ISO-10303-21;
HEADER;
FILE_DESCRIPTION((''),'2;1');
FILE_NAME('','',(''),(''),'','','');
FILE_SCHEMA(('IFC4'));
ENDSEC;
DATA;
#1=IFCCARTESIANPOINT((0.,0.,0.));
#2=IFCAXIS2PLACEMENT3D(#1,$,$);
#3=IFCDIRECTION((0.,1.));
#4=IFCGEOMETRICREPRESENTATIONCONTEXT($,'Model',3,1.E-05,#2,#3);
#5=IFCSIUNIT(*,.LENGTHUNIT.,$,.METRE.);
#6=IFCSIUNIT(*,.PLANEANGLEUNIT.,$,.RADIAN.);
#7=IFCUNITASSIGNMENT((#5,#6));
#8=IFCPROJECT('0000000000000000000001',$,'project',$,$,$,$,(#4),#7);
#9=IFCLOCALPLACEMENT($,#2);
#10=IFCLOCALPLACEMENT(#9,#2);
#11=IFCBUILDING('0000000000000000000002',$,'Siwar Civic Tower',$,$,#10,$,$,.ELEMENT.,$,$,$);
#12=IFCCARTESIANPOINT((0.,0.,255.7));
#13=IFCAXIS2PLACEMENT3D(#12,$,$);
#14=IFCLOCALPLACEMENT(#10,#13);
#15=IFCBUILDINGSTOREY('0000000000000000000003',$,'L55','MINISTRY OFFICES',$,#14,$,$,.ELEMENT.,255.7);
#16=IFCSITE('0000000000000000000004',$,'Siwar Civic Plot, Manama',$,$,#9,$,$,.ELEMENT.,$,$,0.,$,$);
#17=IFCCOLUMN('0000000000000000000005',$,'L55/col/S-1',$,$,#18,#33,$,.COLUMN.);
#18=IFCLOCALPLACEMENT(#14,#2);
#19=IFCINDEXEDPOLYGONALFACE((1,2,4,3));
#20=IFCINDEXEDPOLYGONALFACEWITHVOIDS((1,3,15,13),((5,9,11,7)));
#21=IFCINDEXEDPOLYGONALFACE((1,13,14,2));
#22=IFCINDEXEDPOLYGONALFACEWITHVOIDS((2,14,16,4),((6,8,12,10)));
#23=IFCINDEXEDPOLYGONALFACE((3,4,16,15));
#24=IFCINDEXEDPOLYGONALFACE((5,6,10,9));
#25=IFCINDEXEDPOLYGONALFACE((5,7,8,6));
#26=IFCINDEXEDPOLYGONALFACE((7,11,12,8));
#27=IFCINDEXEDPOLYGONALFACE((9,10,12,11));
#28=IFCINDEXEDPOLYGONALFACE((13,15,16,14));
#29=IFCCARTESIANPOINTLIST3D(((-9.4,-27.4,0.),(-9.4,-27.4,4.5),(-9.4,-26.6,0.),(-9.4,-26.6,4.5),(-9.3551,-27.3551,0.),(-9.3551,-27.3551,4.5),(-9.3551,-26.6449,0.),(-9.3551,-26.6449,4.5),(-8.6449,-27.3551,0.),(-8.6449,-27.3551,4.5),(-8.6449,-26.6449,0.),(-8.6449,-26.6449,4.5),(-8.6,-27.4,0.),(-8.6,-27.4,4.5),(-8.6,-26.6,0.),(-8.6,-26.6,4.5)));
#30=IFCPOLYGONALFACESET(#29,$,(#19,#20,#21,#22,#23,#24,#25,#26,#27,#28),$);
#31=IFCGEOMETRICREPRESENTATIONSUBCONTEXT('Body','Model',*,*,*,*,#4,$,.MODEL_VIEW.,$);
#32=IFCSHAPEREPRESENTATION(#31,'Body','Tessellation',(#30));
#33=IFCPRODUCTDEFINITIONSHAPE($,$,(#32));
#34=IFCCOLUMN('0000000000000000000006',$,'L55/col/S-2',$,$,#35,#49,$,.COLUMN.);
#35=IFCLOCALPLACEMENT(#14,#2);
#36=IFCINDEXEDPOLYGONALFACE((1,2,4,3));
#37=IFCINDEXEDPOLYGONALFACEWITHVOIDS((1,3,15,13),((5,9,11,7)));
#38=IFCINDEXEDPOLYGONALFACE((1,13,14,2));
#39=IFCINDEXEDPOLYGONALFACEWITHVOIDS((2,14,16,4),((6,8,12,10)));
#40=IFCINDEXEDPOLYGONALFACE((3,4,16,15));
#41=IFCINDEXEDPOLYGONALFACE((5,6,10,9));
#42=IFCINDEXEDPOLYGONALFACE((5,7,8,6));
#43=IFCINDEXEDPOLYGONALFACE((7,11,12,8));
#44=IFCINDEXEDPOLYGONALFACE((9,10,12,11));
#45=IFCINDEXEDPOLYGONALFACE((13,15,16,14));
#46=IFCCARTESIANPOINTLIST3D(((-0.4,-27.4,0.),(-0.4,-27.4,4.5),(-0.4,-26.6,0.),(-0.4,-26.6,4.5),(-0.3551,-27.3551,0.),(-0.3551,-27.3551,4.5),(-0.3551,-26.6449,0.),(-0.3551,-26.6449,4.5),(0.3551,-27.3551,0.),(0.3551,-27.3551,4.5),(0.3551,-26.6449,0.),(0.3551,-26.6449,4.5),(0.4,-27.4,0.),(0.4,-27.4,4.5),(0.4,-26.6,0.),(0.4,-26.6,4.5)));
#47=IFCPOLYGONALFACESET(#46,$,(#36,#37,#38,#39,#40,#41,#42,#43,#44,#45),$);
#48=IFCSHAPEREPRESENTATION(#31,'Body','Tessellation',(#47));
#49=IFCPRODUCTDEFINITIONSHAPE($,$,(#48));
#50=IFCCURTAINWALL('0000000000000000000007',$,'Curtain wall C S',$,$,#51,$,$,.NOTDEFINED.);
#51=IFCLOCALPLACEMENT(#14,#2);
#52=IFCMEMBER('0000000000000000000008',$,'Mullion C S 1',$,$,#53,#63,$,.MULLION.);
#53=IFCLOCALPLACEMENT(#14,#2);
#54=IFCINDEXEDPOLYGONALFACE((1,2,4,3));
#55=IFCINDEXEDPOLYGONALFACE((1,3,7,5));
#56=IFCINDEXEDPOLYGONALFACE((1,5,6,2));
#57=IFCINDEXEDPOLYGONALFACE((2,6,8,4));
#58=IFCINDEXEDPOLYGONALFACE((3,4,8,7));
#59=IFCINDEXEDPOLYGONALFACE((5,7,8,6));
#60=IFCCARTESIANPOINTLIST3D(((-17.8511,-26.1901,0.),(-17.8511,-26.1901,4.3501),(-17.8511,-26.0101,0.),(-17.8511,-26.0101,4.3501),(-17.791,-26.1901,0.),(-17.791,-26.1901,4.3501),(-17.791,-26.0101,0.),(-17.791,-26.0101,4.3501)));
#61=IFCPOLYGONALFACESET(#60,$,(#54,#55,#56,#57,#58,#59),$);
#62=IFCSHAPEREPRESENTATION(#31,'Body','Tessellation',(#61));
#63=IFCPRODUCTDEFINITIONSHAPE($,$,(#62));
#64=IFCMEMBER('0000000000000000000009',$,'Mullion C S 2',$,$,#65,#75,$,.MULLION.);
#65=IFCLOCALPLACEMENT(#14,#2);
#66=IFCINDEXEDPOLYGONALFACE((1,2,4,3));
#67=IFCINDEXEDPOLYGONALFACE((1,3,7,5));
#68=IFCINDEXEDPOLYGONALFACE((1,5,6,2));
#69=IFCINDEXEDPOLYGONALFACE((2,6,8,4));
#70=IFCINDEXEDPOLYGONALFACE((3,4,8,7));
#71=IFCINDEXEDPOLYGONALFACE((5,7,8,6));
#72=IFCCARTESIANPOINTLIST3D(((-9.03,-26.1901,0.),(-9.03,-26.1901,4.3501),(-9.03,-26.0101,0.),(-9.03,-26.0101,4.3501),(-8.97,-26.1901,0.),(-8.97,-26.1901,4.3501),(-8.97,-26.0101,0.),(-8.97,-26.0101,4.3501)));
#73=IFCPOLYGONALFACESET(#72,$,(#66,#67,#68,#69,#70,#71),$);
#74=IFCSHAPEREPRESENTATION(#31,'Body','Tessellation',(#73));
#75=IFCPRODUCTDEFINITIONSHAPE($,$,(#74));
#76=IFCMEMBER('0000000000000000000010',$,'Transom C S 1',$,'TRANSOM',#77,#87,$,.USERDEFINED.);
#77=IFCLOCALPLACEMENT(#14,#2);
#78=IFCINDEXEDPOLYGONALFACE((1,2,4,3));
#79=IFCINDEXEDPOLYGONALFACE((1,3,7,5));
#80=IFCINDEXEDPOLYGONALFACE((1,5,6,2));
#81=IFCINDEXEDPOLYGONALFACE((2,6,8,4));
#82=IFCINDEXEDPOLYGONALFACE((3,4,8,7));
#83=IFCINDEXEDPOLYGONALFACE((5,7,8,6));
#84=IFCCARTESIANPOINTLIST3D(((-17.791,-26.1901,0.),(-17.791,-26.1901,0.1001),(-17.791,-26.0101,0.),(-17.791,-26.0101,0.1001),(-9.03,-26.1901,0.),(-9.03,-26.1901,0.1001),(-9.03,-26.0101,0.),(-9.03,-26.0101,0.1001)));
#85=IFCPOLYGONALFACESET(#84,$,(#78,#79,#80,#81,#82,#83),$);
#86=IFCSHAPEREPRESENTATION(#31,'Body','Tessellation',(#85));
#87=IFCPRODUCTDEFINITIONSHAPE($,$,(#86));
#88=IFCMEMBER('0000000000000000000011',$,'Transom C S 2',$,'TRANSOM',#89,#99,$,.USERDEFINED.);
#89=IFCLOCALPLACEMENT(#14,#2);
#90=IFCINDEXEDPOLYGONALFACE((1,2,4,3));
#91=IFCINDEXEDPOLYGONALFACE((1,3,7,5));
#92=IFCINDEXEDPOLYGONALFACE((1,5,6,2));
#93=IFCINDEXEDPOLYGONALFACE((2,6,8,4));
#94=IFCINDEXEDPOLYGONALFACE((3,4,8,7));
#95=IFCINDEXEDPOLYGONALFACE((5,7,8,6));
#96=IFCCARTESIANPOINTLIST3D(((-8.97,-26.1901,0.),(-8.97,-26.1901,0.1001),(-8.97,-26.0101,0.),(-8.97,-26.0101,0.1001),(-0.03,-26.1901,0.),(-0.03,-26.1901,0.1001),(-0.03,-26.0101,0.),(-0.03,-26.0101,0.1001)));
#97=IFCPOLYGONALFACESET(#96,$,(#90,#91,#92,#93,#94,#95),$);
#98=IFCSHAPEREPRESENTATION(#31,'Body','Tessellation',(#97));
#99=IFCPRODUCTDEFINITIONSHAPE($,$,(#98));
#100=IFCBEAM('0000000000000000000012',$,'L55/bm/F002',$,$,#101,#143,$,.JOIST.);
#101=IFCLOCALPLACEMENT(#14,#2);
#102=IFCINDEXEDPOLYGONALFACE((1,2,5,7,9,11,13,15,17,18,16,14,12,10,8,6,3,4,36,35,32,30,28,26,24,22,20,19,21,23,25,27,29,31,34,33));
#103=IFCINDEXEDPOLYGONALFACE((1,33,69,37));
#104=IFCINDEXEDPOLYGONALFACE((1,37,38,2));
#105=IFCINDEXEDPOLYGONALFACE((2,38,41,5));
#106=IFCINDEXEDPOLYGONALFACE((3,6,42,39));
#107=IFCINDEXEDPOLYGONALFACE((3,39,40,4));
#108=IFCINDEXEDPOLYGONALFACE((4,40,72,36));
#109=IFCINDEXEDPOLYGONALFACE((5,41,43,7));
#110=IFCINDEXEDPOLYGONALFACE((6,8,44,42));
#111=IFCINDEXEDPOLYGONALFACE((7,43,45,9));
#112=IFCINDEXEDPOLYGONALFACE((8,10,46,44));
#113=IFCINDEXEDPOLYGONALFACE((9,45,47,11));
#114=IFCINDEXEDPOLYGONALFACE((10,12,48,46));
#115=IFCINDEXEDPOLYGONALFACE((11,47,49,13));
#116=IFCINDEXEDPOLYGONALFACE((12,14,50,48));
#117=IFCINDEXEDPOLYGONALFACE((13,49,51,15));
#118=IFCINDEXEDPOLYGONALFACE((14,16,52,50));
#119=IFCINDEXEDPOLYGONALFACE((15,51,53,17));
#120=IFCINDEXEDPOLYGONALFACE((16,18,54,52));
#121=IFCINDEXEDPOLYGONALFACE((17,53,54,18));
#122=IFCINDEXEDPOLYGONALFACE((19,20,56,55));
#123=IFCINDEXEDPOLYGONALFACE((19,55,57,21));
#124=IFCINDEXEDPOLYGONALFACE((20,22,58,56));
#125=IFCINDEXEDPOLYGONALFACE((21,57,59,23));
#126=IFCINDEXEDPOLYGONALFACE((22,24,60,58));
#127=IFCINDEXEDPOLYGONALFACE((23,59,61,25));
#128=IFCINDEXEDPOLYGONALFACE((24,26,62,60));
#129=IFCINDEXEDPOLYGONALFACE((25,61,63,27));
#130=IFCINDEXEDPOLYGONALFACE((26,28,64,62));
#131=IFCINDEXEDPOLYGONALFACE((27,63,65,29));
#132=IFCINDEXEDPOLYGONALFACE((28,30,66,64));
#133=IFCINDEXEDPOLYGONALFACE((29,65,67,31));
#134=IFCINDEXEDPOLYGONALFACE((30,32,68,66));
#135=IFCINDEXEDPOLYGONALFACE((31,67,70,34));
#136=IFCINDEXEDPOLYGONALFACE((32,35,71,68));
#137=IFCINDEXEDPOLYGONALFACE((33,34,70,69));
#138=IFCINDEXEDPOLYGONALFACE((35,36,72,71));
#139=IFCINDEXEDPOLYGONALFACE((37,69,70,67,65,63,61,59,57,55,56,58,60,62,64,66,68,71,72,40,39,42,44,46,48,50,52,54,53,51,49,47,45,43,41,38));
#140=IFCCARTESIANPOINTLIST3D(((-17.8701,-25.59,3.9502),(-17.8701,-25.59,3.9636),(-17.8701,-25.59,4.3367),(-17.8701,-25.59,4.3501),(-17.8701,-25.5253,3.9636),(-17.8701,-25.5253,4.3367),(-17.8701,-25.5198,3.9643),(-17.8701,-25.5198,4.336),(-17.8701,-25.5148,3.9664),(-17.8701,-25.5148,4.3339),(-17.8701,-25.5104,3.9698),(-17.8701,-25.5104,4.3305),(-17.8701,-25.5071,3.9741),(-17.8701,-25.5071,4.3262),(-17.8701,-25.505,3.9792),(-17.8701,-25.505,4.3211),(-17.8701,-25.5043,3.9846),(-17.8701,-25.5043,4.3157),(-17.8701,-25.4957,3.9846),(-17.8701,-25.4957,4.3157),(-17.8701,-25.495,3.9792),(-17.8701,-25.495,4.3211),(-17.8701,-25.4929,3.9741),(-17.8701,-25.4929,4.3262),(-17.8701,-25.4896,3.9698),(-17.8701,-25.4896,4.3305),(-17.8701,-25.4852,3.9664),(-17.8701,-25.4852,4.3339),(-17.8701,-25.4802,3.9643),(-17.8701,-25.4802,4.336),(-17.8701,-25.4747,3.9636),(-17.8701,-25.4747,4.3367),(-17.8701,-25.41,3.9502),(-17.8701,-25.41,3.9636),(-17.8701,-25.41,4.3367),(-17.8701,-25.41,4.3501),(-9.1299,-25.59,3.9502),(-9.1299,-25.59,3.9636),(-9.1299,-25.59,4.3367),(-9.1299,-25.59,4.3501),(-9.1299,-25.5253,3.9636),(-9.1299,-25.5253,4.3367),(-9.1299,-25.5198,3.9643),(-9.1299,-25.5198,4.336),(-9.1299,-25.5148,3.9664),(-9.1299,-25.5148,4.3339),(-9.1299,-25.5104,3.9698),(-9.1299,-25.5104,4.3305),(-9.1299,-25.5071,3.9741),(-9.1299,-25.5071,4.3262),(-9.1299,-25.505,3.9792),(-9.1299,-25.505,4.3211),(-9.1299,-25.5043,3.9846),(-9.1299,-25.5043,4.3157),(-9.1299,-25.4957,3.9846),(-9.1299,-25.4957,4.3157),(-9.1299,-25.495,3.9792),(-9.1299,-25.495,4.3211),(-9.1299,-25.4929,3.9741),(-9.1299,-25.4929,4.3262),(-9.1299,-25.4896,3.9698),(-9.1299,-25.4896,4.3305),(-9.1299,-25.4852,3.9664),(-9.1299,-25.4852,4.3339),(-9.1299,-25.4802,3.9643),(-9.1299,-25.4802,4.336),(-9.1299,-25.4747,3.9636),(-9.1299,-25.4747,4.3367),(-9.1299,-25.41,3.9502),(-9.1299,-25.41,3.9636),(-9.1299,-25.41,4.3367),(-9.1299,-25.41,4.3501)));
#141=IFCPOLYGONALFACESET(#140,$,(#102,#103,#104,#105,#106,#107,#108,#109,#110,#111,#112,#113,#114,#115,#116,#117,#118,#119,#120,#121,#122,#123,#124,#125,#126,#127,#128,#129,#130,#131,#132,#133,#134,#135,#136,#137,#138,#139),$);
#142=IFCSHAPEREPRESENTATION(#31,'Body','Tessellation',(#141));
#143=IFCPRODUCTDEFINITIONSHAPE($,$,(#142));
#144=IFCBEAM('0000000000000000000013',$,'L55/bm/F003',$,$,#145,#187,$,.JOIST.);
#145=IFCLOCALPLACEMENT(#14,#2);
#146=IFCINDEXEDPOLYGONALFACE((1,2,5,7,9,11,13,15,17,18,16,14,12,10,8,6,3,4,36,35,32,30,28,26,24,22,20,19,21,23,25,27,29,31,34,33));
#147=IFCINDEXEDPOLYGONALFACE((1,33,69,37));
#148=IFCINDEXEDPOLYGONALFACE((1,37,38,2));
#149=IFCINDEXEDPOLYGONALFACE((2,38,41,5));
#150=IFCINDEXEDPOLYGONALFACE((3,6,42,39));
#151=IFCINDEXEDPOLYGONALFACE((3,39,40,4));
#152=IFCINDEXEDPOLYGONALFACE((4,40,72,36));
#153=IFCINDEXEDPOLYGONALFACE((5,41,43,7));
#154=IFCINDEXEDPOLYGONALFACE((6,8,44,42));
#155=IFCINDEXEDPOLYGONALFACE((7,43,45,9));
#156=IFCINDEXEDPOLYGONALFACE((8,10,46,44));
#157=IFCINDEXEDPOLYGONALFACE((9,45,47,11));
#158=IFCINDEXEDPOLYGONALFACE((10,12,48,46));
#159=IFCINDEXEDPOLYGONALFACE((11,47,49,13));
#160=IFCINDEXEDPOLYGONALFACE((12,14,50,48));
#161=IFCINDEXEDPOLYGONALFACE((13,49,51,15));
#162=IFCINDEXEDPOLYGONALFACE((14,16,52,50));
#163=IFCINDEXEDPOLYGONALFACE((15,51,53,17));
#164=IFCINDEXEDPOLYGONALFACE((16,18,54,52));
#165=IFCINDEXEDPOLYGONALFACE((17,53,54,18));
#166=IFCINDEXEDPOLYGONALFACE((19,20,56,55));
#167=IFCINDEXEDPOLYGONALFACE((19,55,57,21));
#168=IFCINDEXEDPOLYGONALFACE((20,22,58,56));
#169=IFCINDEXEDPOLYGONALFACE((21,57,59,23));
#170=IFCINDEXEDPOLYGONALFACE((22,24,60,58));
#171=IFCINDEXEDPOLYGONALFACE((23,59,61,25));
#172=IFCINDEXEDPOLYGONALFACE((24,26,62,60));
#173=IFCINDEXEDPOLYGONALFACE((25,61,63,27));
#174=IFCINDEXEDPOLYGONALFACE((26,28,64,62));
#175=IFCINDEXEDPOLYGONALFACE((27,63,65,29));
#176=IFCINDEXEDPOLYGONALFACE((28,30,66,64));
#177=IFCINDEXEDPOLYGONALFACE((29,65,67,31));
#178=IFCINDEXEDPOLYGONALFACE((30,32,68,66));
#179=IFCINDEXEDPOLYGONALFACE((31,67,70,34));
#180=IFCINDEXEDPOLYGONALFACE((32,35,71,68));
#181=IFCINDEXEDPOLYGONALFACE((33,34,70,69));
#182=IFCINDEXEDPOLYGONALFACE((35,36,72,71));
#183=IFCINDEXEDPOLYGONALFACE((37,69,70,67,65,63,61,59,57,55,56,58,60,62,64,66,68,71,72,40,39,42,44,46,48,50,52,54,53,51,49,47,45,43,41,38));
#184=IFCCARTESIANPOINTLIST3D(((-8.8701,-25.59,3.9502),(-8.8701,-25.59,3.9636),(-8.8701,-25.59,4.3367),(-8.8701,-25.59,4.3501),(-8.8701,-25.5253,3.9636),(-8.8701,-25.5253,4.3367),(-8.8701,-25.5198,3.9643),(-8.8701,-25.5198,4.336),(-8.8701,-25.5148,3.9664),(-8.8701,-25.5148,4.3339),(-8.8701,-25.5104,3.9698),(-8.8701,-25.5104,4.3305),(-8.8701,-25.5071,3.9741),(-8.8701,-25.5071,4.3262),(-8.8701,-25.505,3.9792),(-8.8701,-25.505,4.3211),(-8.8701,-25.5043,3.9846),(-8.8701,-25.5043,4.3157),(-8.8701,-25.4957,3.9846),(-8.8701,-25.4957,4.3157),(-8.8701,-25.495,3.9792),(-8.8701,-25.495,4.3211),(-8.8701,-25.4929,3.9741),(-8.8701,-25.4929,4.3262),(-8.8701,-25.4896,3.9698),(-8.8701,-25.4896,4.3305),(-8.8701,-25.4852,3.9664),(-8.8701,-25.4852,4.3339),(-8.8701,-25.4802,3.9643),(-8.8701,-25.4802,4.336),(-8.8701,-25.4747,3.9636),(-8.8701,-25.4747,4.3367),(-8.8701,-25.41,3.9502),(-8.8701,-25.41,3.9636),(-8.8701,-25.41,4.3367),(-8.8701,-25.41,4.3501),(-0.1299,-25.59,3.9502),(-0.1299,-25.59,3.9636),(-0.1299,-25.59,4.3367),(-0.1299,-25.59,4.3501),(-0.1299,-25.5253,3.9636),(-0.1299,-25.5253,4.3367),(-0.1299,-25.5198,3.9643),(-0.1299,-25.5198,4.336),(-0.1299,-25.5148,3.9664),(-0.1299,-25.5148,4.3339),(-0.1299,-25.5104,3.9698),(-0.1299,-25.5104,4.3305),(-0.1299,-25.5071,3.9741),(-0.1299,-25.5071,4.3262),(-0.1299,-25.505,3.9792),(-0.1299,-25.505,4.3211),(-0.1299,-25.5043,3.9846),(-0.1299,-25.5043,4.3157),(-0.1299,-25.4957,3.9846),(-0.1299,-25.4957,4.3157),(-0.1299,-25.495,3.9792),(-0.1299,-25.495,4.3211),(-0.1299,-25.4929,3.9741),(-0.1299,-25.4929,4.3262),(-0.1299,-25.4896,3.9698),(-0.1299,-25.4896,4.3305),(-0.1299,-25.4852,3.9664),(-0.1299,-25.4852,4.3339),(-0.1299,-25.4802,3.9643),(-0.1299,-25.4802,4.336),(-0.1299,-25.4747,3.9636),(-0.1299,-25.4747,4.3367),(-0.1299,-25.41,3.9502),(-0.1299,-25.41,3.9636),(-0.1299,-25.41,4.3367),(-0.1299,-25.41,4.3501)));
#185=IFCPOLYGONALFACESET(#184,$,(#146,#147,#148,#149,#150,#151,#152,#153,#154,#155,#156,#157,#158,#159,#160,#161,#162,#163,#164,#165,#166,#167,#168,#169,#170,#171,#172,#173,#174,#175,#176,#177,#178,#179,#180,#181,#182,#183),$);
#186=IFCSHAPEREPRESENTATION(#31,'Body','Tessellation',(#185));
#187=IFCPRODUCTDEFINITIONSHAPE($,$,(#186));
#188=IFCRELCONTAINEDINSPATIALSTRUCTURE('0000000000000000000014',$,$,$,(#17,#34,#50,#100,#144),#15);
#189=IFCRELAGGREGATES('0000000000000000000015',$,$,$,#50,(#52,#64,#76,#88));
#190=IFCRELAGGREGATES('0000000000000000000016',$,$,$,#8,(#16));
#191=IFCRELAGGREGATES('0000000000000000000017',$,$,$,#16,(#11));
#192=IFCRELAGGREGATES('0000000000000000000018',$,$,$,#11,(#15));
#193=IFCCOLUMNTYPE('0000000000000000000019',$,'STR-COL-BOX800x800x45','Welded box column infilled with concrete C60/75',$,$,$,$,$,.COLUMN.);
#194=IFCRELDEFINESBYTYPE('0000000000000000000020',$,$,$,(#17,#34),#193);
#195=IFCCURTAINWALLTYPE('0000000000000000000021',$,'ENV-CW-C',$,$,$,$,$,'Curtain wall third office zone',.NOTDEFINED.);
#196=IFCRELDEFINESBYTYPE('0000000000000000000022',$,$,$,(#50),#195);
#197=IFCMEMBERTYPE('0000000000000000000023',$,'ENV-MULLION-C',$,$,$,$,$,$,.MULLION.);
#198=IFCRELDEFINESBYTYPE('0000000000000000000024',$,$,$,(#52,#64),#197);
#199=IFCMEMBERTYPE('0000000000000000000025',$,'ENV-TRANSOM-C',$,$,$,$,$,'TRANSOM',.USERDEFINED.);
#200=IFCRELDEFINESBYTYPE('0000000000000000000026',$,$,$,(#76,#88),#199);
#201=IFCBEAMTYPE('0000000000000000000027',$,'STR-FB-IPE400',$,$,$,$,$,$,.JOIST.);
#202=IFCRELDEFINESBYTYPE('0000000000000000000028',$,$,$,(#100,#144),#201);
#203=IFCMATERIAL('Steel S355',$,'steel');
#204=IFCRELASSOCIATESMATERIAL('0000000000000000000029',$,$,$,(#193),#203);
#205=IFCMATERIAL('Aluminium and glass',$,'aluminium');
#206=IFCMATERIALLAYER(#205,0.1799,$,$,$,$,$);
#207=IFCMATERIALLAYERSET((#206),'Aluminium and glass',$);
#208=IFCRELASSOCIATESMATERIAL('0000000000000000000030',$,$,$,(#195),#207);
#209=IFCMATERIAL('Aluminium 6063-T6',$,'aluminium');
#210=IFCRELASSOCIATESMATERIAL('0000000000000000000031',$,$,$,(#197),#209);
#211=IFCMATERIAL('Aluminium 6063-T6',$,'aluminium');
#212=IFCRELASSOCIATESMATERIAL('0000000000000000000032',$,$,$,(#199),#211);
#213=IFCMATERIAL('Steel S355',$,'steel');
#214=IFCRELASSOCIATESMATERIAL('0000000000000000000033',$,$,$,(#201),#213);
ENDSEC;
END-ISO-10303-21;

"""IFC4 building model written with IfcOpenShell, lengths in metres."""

from ifc_helpers import new_model, si_unit, direction, frame, origin, origin_2d, place, context, subcontext, project, spatial, rectangle, hollow_rectangle, i_section, extrude, material, layer, layer_set, material_profile, profile_set, type_object, element, aggregate, save


model = new_model("IFC4")

# Units and contexts
model_context = context("Model", 3, precision=1e-05, world=origin(), true_north=direction((0.0, 1.0)))
body_context = subcontext(model_context, "Body", "Model", "MODEL_VIEW")
ifc_project = project(units=[si_unit("LENGTHUNIT", "METRE"), si_unit("PLANEANGLEUNIT", "RADIAN")], contexts=[model_context])

# Site, building, storey
site_placement = place(None, origin())
site = spatial("IfcSite", under=ifc_project, at=site_placement, Name="Siwar Civic Plot, Manama", CompositionType="ELEMENT", RefElevation=0.0)
building_placement = place(site_placement, origin())
building = spatial("IfcBuilding", under=site, at=building_placement, Name="Siwar Civic Tower", CompositionType="ELEMENT")
storey_placement = place(building_placement, frame((0.0, 0.0, 255.7)))
storey = spatial("IfcBuildingStorey", under=building, at=storey_placement, Name="L55", Description="MINISTRY OFFICES", CompositionType="ELEMENT", Elevation=255.7)

# Columns
ifc_material_1 = material(Name="Steel S355", Category="steel")
ifc_material_profile_1 = material_profile(ifc_material_1, hollow_rectangle(XDim=0.8, YDim=0.8, WallThickness=0.0449, at=origin_2d()), Name="BOX800x800x45")
ifc_profile_set_1 = profile_set([ifc_material_profile_1], Name="Steel S355")
column_type = type_object("IfcColumnType", Name="STR-COL-BOX800x800x45", Description="Welded box column infilled with concrete C60/75", PredefinedType="COLUMN", material=ifc_profile_set_1)
for number, where, z_axis, x_axis, name in (
    (1, (-9.0, -27.0, 0.0), (0.0, 0.0, 1.0), (1.0, 0.0, 0.0), "L55/col/S-1"),
    (2, (0.0, -27.0, 0.0), (0.0, 0.0, 1.0), (1.0, 0.0, 0.0), "L55/col/S-2"),
):
    element("IfcColumn", number, at=place(storey_placement, frame(where, z_axis=z_axis, x_axis=x_axis)), inside=storey, type_object=column_type, Name=name, PredefinedType="COLUMN", context=body_context, shape_type="SweptSolid", body=[
        extrude(hollow_rectangle(XDim=0.8, YDim=0.8, WallThickness=0.0449, at=origin_2d()), origin(), (0.0, 0.0, 1.0), 4.5),
    ])

# Curtain wall, members
ifc_material_2 = material(Name="Aluminium and glass", Category="aluminium")
ifc_layer_1 = layer(ifc_material_2, 0.1799)
ifc_layer_set_1 = layer_set([ifc_layer_1], Name="Aluminium and glass")
curtain_wall_type = type_object("IfcCurtainWallType", Name="ENV-CW-C", ElementType="Curtain wall third office zone", PredefinedType="NOTDEFINED", material=ifc_layer_set_1)
curtain_wall_placement = place(storey_placement, origin())
curtain_wall = element("IfcCurtainWall", 3, at=curtain_wall_placement, inside=storey, type_object=curtain_wall_type, Name="Curtain wall C S", PredefinedType="NOTDEFINED")
ifc_material_3 = material(Name="Aluminium 6063-T6", Category="aluminium")
ifc_material_profile_2 = material_profile(ifc_material_3, rectangle(XDim=0.1799, YDim=0.0601, at=origin_2d()), Name="AL 180x60")
ifc_profile_set_2 = profile_set([ifc_material_profile_2], Name="Aluminium 6063-T6")
member_type_1 = type_object("IfcMemberType", Name="ENV-MULLION-C", PredefinedType="MULLION", material=ifc_profile_set_2)
member_1_placement = place(storey_placement, frame((-17.821, -26.1001, 0.0), z_axis=(0.0, 0.0, 1.0), x_axis=(0.0, 1.0, 0.0)))
member_1 = element("IfcMember", 4, at=member_1_placement, type_object=member_type_1, Name="Mullion C S 1", PredefinedType="MULLION", context=body_context, shape_type="SweptSolid", body=[
    extrude(rectangle(XDim=0.1799, YDim=0.0601, at=origin_2d()), origin(), (0.0, 0.0, 1.0), 4.3501),
])
member_2_placement = place(storey_placement, frame((-9.0, -26.1001, 0.0), z_axis=(0.0, 0.0, 1.0), x_axis=(0.0, 1.0, 0.0)))
member_2 = element("IfcMember", 5, at=member_2_placement, type_object=member_type_1, Name="Mullion C S 2", PredefinedType="MULLION", context=body_context, shape_type="SweptSolid", body=[
    extrude(rectangle(XDim=0.1799, YDim=0.0601, at=origin_2d()), origin(), (0.0, 0.0, 1.0), 4.3501),
])
ifc_material_4 = material(Name="Aluminium 6063-T6", Category="aluminium")
ifc_material_profile_3 = material_profile(ifc_material_4, rectangle(XDim=0.1799, YDim=0.1001, at=origin_2d()), Name="AL 180x100")
ifc_profile_set_3 = profile_set([ifc_material_profile_3], Name="Aluminium 6063-T6")
member_type_2 = type_object("IfcMemberType", Name="ENV-TRANSOM-C", ElementType="TRANSOM", PredefinedType="USERDEFINED", material=ifc_profile_set_3)
member_3_placement = place(storey_placement, frame((-17.791, -26.1001, 0.05), z_axis=(1.0, 0.0, 0.0), x_axis=(0.0, 1.0, 0.0)))
member_3 = element("IfcMember", 6, at=member_3_placement, type_object=member_type_2, Name="Transom C S 1", ObjectType="TRANSOM", PredefinedType="USERDEFINED", context=body_context, shape_type="SweptSolid", body=[
    extrude(rectangle(XDim=0.1799, YDim=0.1001, at=origin_2d()), origin(), (0.0, 0.0, 1.0), 8.761),
])
member_4_placement = place(storey_placement, frame((-8.97, -26.1001, 0.05), z_axis=(1.0, 0.0, 0.0), x_axis=(0.0, 1.0, 0.0)))
member_4 = element("IfcMember", 7, at=member_4_placement, type_object=member_type_2, Name="Transom C S 2", ObjectType="TRANSOM", PredefinedType="USERDEFINED", context=body_context, shape_type="SweptSolid", body=[
    extrude(rectangle(XDim=0.1799, YDim=0.1001, at=origin_2d()), origin(), (0.0, 0.0, 1.0), 8.9399),
])

# Beams
ifc_material_5 = material(Name="Steel S355", Category="steel")
ifc_material_profile_4 = material_profile(ifc_material_5, i_section(OverallWidth=0.1799, OverallDepth=0.3999, WebThickness=0.0085, FlangeThickness=0.0134, FilletRadius=0.021, at=origin_2d()), Name="IPE400")
ifc_profile_set_4 = profile_set([ifc_material_profile_4], Name="Steel S355")
beam_type_1 = type_object("IfcBeamType", Name="STR-FB-IPE400", PredefinedType="JOIST", material=ifc_profile_set_4)
for number, where, z_axis, x_axis, name in (
    (8, (-17.8701, -25.5, 4.1501), (1.0, 0.0, 0.0), (0.0, 1.0, 0.0), "L55/bm/F002"),
    (9, (-8.8701, -25.5, 4.1501), (1.0, 0.0, 0.0), (0.0, 1.0, 0.0), "L55/bm/F003"),
):
    element("IfcBeam", number, at=place(storey_placement, frame(where, z_axis=z_axis, x_axis=x_axis)), inside=storey, type_object=beam_type_1, Name=name, PredefinedType="JOIST", context=body_context, shape_type="SweptSolid", body=[
        extrude(i_section(OverallWidth=0.1799, OverallDepth=0.3999, WebThickness=0.0085, FlangeThickness=0.0134, FilletRadius=0.021, at=origin_2d()), origin(), (0.0, 0.0, 1.0), 8.7402),
    ])

aggregate(curtain_wall, [member_1, member_2, member_3, member_4])

save(model, "model.ifc")
